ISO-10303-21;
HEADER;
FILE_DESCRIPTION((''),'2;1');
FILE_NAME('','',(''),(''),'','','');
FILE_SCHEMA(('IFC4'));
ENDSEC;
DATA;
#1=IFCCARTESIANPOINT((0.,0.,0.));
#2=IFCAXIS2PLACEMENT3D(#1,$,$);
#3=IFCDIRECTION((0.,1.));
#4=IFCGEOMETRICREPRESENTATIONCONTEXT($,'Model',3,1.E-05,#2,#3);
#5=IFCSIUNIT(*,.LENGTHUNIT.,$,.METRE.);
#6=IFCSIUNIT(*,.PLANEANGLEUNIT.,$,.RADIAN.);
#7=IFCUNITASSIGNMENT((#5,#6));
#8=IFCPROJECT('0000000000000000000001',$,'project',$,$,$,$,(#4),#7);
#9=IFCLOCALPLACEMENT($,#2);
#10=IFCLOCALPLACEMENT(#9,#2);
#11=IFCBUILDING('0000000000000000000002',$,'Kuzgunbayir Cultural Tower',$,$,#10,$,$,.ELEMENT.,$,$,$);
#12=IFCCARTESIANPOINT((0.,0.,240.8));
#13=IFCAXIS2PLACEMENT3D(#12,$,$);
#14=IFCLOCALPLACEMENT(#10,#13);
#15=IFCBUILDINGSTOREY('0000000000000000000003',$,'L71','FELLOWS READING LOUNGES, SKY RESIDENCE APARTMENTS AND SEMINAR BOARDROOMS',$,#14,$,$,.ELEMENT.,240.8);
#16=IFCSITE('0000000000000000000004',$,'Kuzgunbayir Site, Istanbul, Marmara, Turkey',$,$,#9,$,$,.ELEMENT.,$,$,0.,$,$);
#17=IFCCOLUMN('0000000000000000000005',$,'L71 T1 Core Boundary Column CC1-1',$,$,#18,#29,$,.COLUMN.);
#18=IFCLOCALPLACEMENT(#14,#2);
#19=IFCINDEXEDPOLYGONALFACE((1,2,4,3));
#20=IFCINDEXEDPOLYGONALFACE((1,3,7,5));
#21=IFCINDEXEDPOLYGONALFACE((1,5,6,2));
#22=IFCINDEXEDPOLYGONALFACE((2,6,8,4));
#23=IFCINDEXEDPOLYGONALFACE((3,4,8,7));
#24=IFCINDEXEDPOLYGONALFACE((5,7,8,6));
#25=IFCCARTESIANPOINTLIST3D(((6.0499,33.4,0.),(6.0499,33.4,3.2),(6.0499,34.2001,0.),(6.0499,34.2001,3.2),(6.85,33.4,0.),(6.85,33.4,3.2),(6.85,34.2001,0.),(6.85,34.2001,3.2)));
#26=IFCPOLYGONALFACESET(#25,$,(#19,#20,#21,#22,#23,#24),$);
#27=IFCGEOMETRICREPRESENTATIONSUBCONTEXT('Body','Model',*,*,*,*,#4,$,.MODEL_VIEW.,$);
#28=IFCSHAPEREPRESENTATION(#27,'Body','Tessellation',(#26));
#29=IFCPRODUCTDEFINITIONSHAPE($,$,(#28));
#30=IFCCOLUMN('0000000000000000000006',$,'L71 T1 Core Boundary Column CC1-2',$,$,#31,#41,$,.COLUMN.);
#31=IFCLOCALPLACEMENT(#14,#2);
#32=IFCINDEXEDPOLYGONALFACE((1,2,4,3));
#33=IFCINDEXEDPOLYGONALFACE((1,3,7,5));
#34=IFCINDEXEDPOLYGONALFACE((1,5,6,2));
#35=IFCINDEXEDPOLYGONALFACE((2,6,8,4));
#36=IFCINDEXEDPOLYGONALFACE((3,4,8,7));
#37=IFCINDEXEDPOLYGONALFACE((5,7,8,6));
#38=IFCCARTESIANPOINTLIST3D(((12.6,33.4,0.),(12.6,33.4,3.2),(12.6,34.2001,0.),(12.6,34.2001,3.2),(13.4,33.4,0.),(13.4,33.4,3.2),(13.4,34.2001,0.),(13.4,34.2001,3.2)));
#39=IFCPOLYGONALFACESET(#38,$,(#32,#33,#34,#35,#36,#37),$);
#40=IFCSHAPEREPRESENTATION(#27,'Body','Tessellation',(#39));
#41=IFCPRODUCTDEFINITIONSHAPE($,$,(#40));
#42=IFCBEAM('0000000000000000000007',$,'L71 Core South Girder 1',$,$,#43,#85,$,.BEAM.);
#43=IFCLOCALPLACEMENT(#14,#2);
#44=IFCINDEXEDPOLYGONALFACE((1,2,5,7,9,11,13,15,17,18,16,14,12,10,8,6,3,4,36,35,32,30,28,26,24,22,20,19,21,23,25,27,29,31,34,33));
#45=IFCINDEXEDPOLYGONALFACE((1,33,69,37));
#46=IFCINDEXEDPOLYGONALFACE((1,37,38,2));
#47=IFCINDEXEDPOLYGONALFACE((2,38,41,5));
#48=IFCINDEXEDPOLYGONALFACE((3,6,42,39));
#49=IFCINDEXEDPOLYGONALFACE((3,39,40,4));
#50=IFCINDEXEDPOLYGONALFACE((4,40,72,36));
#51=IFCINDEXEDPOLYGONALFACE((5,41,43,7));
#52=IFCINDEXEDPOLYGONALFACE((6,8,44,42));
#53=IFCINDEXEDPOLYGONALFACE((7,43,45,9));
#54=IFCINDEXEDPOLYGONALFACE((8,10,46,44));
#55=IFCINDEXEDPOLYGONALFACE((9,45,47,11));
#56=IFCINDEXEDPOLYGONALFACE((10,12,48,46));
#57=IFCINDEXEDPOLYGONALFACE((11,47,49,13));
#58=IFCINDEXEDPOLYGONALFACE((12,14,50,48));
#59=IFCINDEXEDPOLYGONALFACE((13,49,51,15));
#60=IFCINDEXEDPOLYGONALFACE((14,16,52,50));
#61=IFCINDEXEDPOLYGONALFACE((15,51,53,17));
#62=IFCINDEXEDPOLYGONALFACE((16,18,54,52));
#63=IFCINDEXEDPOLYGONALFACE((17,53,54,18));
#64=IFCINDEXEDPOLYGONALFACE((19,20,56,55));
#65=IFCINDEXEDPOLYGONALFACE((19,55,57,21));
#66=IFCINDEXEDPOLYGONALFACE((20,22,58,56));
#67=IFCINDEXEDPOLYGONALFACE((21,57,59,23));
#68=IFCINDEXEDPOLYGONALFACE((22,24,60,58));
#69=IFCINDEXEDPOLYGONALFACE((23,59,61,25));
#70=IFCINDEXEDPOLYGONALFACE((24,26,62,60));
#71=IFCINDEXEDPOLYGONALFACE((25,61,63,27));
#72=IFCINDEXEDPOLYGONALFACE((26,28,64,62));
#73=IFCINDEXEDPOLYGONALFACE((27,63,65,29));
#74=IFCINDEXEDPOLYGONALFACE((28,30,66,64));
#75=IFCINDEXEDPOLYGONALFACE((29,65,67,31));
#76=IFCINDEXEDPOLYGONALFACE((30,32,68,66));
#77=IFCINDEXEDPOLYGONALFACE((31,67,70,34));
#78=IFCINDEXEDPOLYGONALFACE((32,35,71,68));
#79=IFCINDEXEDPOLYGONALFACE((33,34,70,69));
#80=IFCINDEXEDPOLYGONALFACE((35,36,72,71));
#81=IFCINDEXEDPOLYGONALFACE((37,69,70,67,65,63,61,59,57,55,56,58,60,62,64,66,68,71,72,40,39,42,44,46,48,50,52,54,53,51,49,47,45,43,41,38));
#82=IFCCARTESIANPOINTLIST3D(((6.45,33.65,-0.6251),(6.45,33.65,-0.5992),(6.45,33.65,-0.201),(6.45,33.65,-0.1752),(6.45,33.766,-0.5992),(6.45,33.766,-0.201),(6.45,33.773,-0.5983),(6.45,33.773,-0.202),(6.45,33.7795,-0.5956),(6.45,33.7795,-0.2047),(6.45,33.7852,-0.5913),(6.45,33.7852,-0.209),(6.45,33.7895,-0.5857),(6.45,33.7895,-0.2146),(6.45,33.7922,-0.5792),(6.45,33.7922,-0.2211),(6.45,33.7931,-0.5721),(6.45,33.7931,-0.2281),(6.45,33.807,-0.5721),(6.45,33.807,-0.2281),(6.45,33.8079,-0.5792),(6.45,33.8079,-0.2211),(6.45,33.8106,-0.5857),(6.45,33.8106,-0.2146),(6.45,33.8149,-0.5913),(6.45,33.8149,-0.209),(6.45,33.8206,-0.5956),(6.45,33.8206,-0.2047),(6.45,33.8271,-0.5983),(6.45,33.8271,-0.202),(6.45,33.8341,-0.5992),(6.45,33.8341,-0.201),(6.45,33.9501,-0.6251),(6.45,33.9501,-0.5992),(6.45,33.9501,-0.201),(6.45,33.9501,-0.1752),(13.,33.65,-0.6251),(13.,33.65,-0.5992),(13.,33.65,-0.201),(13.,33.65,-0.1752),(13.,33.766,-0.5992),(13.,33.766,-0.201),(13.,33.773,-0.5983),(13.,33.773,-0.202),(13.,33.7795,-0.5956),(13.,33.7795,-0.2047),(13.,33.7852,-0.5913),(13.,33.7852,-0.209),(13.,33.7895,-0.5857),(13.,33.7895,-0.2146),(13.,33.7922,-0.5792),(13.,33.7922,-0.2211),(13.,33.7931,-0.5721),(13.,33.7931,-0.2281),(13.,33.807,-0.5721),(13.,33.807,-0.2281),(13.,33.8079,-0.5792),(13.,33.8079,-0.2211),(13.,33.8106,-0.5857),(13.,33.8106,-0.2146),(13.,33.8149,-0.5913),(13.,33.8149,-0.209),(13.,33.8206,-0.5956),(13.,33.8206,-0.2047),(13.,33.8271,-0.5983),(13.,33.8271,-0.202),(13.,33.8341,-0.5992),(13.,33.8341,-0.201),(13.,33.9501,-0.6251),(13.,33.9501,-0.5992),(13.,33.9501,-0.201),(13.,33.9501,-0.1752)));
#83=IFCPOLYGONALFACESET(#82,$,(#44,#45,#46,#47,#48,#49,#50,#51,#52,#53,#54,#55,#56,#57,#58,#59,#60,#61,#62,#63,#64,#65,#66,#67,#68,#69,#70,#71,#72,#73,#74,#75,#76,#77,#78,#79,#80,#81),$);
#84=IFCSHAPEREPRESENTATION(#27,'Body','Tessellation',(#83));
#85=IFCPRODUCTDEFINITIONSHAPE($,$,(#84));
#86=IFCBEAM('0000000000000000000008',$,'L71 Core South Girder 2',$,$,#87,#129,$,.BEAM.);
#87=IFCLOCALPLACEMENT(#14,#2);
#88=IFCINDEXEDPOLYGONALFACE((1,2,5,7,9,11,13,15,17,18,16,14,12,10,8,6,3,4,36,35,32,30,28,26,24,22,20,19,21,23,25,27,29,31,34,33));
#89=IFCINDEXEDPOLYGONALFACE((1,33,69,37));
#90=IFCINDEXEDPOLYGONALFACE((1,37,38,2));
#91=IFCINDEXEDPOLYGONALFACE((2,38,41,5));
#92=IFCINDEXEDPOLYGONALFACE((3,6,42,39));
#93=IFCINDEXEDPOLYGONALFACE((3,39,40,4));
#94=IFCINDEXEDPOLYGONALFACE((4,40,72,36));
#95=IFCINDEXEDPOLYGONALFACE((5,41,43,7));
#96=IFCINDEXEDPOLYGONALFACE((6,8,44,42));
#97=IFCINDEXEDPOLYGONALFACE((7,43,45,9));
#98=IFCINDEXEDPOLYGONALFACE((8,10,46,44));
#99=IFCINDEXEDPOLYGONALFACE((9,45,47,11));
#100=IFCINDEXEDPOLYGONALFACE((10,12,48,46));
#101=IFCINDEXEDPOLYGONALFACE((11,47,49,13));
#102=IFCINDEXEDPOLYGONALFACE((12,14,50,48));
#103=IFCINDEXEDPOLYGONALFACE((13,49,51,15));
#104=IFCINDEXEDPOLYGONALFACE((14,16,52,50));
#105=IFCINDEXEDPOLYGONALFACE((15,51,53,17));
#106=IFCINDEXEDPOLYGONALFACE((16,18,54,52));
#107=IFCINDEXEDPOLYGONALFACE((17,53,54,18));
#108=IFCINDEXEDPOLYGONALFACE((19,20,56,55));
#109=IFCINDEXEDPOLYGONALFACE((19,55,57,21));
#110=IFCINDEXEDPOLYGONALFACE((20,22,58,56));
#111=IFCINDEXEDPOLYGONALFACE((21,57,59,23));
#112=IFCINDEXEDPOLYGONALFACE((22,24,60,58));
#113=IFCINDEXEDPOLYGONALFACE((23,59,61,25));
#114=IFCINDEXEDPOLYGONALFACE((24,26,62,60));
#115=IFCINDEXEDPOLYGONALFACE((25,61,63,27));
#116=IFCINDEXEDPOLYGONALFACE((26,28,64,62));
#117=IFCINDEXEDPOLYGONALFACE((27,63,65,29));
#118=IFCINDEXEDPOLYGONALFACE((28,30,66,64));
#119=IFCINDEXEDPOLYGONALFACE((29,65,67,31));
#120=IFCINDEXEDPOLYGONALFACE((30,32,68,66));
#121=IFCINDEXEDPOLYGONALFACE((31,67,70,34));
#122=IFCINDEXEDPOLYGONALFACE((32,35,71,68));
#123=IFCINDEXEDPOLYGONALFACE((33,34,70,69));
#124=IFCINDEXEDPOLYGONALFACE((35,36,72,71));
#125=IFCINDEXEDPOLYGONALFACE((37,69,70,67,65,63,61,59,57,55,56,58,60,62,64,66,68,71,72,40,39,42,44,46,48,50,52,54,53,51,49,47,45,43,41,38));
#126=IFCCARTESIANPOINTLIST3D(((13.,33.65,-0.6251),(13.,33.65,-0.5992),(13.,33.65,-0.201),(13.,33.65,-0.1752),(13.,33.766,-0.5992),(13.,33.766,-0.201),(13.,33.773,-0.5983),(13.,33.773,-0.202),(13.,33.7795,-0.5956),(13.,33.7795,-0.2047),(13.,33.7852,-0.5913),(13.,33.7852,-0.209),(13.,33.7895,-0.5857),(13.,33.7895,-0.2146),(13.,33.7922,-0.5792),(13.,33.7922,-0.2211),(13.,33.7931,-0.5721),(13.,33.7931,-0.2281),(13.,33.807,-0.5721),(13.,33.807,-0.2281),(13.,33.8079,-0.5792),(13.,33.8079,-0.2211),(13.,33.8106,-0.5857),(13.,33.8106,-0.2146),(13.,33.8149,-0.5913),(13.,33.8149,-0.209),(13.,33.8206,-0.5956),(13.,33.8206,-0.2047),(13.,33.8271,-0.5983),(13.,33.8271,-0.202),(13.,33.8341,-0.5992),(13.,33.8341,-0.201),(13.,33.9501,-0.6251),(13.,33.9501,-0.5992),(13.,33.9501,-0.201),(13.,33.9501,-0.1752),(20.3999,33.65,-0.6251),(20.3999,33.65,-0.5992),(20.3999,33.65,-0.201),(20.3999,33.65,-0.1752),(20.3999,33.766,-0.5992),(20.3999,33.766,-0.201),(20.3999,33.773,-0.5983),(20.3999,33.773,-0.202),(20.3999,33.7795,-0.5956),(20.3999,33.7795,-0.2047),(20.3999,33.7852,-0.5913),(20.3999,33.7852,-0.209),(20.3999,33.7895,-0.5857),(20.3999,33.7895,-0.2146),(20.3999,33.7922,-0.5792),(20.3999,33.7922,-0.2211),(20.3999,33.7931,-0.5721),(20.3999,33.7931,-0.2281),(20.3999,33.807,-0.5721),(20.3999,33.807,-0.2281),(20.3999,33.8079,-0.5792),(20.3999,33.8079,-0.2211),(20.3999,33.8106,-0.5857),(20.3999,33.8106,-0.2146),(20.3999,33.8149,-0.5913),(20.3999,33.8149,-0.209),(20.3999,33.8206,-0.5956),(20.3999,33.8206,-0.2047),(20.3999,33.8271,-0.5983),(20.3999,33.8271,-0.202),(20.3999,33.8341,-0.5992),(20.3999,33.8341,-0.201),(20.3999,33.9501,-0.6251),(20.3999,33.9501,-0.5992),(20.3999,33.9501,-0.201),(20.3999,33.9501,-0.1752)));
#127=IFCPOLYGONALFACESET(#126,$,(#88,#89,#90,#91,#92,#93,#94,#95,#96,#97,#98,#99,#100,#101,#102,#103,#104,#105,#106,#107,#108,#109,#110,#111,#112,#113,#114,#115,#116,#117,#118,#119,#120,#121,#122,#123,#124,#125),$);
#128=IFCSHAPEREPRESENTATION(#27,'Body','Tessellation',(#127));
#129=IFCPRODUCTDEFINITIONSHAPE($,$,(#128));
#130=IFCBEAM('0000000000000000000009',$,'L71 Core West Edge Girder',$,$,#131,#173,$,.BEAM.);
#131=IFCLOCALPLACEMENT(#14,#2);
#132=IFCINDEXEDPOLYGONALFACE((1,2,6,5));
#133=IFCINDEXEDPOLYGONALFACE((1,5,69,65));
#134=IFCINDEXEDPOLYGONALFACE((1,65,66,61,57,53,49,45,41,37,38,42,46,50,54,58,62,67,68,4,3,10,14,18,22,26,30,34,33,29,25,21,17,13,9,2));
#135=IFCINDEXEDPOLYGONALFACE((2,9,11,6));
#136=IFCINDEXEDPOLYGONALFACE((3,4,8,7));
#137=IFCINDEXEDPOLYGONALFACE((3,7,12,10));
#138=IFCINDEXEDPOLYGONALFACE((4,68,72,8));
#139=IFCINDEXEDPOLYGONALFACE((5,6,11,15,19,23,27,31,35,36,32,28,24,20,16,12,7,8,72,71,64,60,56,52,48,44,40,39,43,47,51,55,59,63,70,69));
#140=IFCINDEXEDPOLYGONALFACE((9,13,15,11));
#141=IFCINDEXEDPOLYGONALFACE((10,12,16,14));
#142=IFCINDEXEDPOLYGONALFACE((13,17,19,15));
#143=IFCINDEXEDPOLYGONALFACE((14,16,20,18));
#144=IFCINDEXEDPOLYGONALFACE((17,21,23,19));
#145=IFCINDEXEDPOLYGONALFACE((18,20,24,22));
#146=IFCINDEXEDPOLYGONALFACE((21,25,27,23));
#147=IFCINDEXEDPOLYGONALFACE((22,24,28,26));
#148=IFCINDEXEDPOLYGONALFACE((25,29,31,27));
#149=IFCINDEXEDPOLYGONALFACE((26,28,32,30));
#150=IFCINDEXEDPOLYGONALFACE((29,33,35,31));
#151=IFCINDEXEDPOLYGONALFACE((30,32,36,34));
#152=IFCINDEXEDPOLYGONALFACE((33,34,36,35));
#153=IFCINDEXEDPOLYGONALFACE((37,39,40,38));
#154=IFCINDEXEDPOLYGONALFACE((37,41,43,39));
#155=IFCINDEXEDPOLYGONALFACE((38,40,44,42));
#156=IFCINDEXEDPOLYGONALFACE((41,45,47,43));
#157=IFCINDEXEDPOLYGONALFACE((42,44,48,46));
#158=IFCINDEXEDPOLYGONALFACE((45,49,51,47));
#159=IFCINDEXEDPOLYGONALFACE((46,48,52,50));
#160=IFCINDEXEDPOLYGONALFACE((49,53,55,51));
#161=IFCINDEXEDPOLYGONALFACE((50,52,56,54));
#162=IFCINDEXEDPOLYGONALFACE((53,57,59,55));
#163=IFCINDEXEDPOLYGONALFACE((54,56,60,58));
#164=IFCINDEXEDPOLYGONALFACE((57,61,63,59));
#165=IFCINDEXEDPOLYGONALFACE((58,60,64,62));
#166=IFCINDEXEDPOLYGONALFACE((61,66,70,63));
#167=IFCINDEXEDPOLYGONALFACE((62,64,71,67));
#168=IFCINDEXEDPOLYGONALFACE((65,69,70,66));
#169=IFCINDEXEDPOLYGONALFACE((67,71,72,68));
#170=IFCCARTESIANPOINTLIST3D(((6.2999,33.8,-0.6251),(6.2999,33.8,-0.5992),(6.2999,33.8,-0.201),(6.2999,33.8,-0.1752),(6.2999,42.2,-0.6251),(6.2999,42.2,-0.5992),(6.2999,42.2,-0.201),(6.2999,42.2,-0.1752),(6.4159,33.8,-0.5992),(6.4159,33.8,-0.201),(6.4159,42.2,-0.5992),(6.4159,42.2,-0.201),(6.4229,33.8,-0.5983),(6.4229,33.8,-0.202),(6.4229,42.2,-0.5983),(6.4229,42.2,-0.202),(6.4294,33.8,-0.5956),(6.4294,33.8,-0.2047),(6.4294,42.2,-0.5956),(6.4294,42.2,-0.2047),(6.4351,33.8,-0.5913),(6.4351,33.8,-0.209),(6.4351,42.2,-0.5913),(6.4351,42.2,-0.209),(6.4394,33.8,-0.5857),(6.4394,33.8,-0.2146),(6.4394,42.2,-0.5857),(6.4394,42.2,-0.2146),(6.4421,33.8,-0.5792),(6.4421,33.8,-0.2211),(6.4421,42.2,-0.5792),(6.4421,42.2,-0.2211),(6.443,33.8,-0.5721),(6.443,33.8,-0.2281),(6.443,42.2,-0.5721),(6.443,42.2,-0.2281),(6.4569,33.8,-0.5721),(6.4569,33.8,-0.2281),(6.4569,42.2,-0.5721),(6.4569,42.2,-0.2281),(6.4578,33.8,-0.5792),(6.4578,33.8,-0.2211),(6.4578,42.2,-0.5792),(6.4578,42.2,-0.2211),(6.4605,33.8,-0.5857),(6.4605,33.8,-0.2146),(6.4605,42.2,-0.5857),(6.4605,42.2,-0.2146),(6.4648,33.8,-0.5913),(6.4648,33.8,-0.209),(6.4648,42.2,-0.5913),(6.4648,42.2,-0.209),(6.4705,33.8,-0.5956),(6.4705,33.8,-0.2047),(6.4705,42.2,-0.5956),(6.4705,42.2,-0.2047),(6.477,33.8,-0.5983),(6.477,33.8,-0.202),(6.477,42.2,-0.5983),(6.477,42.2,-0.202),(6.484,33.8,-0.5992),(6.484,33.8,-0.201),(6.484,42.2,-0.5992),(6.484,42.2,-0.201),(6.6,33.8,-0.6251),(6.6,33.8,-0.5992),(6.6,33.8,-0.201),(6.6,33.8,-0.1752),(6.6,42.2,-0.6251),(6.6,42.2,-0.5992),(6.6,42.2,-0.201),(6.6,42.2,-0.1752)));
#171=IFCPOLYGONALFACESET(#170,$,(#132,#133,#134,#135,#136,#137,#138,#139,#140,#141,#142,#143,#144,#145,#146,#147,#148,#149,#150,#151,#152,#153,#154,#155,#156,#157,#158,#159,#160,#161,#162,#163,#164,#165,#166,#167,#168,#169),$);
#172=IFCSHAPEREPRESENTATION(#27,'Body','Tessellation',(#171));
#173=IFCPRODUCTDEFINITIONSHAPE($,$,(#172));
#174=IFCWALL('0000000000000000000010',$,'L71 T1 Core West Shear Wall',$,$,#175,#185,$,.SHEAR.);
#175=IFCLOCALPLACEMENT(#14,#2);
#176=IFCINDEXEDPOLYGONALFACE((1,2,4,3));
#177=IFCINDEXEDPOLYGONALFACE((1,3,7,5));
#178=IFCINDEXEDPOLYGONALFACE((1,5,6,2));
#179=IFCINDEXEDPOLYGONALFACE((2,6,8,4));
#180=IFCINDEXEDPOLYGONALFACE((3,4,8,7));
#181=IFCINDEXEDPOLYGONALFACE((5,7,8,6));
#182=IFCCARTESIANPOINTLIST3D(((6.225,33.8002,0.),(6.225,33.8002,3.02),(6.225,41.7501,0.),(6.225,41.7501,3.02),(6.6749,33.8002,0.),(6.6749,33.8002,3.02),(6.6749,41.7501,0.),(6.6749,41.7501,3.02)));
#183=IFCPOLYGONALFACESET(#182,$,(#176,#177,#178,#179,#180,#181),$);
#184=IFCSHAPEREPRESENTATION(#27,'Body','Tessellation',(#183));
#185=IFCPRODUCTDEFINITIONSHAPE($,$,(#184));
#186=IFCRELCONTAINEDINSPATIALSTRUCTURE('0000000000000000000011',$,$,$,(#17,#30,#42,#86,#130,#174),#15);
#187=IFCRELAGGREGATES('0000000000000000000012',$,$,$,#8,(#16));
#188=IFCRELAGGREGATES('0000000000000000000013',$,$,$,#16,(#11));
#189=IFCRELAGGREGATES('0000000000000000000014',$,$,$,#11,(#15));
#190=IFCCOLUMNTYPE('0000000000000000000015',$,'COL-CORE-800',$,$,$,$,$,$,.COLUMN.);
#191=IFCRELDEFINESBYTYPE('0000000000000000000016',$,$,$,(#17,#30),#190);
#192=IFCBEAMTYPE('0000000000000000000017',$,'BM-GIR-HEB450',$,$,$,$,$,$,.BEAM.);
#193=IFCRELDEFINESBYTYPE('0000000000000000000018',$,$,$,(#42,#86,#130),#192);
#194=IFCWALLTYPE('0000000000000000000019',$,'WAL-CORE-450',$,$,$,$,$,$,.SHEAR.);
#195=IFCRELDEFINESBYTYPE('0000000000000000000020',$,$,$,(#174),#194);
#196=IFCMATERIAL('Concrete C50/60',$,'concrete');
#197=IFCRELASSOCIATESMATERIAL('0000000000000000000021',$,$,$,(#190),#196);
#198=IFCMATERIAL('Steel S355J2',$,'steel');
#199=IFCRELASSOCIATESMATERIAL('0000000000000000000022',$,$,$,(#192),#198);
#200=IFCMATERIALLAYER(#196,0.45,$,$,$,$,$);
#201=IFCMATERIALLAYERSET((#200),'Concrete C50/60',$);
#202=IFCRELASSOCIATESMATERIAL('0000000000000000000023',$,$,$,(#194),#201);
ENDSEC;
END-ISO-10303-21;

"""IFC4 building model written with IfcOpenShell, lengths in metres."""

from ifc_helpers import new_model, si_unit, direction, frame, frame_2d, origin, origin_2d, place, context, subcontext, project, spatial, rectangle, i_section, extrude, material, layer, layer_set, material_profile, profile_set, type_object, element, save


model = new_model("IFC4")

# Units and contexts
model_context = context("Model", 3, precision=1e-05, world=origin(), true_north=direction((0.0, 1.0)))
body_context = subcontext(model_context, "Body", "Model", "MODEL_VIEW")
ifc_project = project(units=[si_unit("LENGTHUNIT", "METRE"), si_unit("PLANEANGLEUNIT", "RADIAN")], contexts=[model_context])

# Site, building, storey
site_placement = place(None, origin())
site = spatial("IfcSite", under=ifc_project, at=site_placement, Name="Kuzgunbayir Site, Istanbul, Marmara, Turkey", CompositionType="ELEMENT", RefElevation=0.0)
building_placement = place(site_placement, origin())
building = spatial("IfcBuilding", under=site, at=building_placement, Name="Kuzgunbayir Cultural Tower", CompositionType="ELEMENT")
storey_placement = place(building_placement, frame((0.0, 0.0, 240.8)))
storey = spatial("IfcBuildingStorey", under=building, at=storey_placement, Name="L71", Description="FELLOWS READING LOUNGES, SKY RESIDENCE APARTMENTS AND SEMINAR BOARDROOMS", CompositionType="ELEMENT", Elevation=240.8)

# Columns
ifc_material_1 = material(Name="Concrete C50/60", Category="concrete")
ifc_material_profile_1 = material_profile(ifc_material_1, rectangle(XDim=0.8, YDim=0.8, at=origin_2d()), Name="RC 800x800")
ifc_profile_set_1 = profile_set([ifc_material_profile_1], Name="Concrete C50/60")
column_type = type_object("IfcColumnType", Name="COL-CORE-800", PredefinedType="COLUMN", material=ifc_profile_set_1)
for number, where, z_axis, x_axis, name in (
    (1, (6.45, 33.8, 0.0), (0.0, 0.0, 1.0), (1.0, 0.0, 0.0), "L71 T1 Core Boundary Column CC1-1"),
    (2, (13.0, 33.8, 0.0), (0.0, 0.0, 1.0), (1.0, 0.0, 0.0), "L71 T1 Core Boundary Column CC1-2"),
):
    element("IfcColumn", number, at=place(storey_placement, frame(where, z_axis=z_axis, x_axis=x_axis)), inside=storey, type_object=column_type, Name=name, PredefinedType="COLUMN", context=body_context, shape_type="SweptSolid", body=[
        extrude(rectangle(XDim=0.8, YDim=0.8, at=origin_2d()), origin(), (0.0, 0.0, 1.0), 3.2),
    ])

# Beams
ifc_material_2 = material(Name="Steel S355J2", Category="steel")
ifc_material_profile_2 = material_profile(ifc_material_2, i_section(OverallWidth=0.3, OverallDepth=0.45, WebThickness=0.0139, FlangeThickness=0.0259, FilletRadius=0.0271, at=origin_2d()), Name="HEB 450")
ifc_profile_set_2 = profile_set([ifc_material_profile_2], Name="Steel S355J2")
beam_type = type_object("IfcBeamType", Name="BM-GIR-HEB450", PredefinedType="BEAM", material=ifc_profile_set_2)
beam_1_placement = place(storey_placement, frame((6.45, 33.8, -0.4001), z_axis=(1.0, 0.0, 0.0), x_axis=(0.0, 1.0, 0.0)))
element("IfcBeam", 3, at=beam_1_placement, inside=storey, type_object=beam_type, Name="L71 Core South Girder 1", PredefinedType="BEAM", context=body_context, shape_type="SweptSolid", body=[
    extrude(i_section(OverallWidth=0.3, OverallDepth=0.45, WebThickness=0.0139, FlangeThickness=0.0259, FilletRadius=0.0271, at=origin_2d()), origin(), (0.0, 0.0, 1.0), 6.55),
])
beam_2_placement = place(storey_placement, frame((13.0, 33.8, -0.4001), z_axis=(1.0, 0.0, 0.0), x_axis=(0.0, 1.0, 0.0)))
element("IfcBeam", 4, at=beam_2_placement, inside=storey, type_object=beam_type, Name="L71 Core South Girder 2", PredefinedType="BEAM", context=body_context, shape_type="SweptSolid", body=[
    extrude(i_section(OverallWidth=0.3, OverallDepth=0.45, WebThickness=0.0139, FlangeThickness=0.0259, FilletRadius=0.0271, at=origin_2d()), origin(), (0.0, 0.0, 1.0), 7.3999),
])
beam_3_placement = place(storey_placement, frame((6.45, 33.8, -0.4001), z_axis=(0.0, 1.0, 0.0), x_axis=(-1.0, 0.0, 0.0)))
element("IfcBeam", 5, at=beam_3_placement, inside=storey, type_object=beam_type, Name="L71 Core West Edge Girder", PredefinedType="BEAM", context=body_context, shape_type="SweptSolid", body=[
    extrude(i_section(OverallWidth=0.3, OverallDepth=0.45, WebThickness=0.0139, FlangeThickness=0.0259, FilletRadius=0.0271, at=origin_2d()), origin(), (0.0, 0.0, 1.0), 8.3999),
])

# Wall
ifc_layer_1 = layer(ifc_material_1, 0.45)
ifc_layer_set_1 = layer_set([ifc_layer_1], Name="Concrete C50/60")
wall_type_1 = type_object("IfcWallType", Name="WAL-CORE-450", PredefinedType="SHEAR", material=ifc_layer_set_1)
wall_1_placement = place(storey_placement, frame((6.45, 33.8, 0.0), z_axis=(0.0, 0.0, 1.0), x_axis=(0.0, 1.0, 0.0)))
element("IfcWall", 6, at=wall_1_placement, inside=storey, type_object=wall_type_1, Name="L71 T1 Core West Shear Wall", PredefinedType="SHEAR", context=body_context, shape_type="SweptSolid", body=[
    extrude(rectangle(XDim=7.95, YDim=0.45, at=frame_2d((3.9751, 0.0))), origin(), (0.0, 0.0, 1.0), 3.02),
])

save(model, "model.ifc")
